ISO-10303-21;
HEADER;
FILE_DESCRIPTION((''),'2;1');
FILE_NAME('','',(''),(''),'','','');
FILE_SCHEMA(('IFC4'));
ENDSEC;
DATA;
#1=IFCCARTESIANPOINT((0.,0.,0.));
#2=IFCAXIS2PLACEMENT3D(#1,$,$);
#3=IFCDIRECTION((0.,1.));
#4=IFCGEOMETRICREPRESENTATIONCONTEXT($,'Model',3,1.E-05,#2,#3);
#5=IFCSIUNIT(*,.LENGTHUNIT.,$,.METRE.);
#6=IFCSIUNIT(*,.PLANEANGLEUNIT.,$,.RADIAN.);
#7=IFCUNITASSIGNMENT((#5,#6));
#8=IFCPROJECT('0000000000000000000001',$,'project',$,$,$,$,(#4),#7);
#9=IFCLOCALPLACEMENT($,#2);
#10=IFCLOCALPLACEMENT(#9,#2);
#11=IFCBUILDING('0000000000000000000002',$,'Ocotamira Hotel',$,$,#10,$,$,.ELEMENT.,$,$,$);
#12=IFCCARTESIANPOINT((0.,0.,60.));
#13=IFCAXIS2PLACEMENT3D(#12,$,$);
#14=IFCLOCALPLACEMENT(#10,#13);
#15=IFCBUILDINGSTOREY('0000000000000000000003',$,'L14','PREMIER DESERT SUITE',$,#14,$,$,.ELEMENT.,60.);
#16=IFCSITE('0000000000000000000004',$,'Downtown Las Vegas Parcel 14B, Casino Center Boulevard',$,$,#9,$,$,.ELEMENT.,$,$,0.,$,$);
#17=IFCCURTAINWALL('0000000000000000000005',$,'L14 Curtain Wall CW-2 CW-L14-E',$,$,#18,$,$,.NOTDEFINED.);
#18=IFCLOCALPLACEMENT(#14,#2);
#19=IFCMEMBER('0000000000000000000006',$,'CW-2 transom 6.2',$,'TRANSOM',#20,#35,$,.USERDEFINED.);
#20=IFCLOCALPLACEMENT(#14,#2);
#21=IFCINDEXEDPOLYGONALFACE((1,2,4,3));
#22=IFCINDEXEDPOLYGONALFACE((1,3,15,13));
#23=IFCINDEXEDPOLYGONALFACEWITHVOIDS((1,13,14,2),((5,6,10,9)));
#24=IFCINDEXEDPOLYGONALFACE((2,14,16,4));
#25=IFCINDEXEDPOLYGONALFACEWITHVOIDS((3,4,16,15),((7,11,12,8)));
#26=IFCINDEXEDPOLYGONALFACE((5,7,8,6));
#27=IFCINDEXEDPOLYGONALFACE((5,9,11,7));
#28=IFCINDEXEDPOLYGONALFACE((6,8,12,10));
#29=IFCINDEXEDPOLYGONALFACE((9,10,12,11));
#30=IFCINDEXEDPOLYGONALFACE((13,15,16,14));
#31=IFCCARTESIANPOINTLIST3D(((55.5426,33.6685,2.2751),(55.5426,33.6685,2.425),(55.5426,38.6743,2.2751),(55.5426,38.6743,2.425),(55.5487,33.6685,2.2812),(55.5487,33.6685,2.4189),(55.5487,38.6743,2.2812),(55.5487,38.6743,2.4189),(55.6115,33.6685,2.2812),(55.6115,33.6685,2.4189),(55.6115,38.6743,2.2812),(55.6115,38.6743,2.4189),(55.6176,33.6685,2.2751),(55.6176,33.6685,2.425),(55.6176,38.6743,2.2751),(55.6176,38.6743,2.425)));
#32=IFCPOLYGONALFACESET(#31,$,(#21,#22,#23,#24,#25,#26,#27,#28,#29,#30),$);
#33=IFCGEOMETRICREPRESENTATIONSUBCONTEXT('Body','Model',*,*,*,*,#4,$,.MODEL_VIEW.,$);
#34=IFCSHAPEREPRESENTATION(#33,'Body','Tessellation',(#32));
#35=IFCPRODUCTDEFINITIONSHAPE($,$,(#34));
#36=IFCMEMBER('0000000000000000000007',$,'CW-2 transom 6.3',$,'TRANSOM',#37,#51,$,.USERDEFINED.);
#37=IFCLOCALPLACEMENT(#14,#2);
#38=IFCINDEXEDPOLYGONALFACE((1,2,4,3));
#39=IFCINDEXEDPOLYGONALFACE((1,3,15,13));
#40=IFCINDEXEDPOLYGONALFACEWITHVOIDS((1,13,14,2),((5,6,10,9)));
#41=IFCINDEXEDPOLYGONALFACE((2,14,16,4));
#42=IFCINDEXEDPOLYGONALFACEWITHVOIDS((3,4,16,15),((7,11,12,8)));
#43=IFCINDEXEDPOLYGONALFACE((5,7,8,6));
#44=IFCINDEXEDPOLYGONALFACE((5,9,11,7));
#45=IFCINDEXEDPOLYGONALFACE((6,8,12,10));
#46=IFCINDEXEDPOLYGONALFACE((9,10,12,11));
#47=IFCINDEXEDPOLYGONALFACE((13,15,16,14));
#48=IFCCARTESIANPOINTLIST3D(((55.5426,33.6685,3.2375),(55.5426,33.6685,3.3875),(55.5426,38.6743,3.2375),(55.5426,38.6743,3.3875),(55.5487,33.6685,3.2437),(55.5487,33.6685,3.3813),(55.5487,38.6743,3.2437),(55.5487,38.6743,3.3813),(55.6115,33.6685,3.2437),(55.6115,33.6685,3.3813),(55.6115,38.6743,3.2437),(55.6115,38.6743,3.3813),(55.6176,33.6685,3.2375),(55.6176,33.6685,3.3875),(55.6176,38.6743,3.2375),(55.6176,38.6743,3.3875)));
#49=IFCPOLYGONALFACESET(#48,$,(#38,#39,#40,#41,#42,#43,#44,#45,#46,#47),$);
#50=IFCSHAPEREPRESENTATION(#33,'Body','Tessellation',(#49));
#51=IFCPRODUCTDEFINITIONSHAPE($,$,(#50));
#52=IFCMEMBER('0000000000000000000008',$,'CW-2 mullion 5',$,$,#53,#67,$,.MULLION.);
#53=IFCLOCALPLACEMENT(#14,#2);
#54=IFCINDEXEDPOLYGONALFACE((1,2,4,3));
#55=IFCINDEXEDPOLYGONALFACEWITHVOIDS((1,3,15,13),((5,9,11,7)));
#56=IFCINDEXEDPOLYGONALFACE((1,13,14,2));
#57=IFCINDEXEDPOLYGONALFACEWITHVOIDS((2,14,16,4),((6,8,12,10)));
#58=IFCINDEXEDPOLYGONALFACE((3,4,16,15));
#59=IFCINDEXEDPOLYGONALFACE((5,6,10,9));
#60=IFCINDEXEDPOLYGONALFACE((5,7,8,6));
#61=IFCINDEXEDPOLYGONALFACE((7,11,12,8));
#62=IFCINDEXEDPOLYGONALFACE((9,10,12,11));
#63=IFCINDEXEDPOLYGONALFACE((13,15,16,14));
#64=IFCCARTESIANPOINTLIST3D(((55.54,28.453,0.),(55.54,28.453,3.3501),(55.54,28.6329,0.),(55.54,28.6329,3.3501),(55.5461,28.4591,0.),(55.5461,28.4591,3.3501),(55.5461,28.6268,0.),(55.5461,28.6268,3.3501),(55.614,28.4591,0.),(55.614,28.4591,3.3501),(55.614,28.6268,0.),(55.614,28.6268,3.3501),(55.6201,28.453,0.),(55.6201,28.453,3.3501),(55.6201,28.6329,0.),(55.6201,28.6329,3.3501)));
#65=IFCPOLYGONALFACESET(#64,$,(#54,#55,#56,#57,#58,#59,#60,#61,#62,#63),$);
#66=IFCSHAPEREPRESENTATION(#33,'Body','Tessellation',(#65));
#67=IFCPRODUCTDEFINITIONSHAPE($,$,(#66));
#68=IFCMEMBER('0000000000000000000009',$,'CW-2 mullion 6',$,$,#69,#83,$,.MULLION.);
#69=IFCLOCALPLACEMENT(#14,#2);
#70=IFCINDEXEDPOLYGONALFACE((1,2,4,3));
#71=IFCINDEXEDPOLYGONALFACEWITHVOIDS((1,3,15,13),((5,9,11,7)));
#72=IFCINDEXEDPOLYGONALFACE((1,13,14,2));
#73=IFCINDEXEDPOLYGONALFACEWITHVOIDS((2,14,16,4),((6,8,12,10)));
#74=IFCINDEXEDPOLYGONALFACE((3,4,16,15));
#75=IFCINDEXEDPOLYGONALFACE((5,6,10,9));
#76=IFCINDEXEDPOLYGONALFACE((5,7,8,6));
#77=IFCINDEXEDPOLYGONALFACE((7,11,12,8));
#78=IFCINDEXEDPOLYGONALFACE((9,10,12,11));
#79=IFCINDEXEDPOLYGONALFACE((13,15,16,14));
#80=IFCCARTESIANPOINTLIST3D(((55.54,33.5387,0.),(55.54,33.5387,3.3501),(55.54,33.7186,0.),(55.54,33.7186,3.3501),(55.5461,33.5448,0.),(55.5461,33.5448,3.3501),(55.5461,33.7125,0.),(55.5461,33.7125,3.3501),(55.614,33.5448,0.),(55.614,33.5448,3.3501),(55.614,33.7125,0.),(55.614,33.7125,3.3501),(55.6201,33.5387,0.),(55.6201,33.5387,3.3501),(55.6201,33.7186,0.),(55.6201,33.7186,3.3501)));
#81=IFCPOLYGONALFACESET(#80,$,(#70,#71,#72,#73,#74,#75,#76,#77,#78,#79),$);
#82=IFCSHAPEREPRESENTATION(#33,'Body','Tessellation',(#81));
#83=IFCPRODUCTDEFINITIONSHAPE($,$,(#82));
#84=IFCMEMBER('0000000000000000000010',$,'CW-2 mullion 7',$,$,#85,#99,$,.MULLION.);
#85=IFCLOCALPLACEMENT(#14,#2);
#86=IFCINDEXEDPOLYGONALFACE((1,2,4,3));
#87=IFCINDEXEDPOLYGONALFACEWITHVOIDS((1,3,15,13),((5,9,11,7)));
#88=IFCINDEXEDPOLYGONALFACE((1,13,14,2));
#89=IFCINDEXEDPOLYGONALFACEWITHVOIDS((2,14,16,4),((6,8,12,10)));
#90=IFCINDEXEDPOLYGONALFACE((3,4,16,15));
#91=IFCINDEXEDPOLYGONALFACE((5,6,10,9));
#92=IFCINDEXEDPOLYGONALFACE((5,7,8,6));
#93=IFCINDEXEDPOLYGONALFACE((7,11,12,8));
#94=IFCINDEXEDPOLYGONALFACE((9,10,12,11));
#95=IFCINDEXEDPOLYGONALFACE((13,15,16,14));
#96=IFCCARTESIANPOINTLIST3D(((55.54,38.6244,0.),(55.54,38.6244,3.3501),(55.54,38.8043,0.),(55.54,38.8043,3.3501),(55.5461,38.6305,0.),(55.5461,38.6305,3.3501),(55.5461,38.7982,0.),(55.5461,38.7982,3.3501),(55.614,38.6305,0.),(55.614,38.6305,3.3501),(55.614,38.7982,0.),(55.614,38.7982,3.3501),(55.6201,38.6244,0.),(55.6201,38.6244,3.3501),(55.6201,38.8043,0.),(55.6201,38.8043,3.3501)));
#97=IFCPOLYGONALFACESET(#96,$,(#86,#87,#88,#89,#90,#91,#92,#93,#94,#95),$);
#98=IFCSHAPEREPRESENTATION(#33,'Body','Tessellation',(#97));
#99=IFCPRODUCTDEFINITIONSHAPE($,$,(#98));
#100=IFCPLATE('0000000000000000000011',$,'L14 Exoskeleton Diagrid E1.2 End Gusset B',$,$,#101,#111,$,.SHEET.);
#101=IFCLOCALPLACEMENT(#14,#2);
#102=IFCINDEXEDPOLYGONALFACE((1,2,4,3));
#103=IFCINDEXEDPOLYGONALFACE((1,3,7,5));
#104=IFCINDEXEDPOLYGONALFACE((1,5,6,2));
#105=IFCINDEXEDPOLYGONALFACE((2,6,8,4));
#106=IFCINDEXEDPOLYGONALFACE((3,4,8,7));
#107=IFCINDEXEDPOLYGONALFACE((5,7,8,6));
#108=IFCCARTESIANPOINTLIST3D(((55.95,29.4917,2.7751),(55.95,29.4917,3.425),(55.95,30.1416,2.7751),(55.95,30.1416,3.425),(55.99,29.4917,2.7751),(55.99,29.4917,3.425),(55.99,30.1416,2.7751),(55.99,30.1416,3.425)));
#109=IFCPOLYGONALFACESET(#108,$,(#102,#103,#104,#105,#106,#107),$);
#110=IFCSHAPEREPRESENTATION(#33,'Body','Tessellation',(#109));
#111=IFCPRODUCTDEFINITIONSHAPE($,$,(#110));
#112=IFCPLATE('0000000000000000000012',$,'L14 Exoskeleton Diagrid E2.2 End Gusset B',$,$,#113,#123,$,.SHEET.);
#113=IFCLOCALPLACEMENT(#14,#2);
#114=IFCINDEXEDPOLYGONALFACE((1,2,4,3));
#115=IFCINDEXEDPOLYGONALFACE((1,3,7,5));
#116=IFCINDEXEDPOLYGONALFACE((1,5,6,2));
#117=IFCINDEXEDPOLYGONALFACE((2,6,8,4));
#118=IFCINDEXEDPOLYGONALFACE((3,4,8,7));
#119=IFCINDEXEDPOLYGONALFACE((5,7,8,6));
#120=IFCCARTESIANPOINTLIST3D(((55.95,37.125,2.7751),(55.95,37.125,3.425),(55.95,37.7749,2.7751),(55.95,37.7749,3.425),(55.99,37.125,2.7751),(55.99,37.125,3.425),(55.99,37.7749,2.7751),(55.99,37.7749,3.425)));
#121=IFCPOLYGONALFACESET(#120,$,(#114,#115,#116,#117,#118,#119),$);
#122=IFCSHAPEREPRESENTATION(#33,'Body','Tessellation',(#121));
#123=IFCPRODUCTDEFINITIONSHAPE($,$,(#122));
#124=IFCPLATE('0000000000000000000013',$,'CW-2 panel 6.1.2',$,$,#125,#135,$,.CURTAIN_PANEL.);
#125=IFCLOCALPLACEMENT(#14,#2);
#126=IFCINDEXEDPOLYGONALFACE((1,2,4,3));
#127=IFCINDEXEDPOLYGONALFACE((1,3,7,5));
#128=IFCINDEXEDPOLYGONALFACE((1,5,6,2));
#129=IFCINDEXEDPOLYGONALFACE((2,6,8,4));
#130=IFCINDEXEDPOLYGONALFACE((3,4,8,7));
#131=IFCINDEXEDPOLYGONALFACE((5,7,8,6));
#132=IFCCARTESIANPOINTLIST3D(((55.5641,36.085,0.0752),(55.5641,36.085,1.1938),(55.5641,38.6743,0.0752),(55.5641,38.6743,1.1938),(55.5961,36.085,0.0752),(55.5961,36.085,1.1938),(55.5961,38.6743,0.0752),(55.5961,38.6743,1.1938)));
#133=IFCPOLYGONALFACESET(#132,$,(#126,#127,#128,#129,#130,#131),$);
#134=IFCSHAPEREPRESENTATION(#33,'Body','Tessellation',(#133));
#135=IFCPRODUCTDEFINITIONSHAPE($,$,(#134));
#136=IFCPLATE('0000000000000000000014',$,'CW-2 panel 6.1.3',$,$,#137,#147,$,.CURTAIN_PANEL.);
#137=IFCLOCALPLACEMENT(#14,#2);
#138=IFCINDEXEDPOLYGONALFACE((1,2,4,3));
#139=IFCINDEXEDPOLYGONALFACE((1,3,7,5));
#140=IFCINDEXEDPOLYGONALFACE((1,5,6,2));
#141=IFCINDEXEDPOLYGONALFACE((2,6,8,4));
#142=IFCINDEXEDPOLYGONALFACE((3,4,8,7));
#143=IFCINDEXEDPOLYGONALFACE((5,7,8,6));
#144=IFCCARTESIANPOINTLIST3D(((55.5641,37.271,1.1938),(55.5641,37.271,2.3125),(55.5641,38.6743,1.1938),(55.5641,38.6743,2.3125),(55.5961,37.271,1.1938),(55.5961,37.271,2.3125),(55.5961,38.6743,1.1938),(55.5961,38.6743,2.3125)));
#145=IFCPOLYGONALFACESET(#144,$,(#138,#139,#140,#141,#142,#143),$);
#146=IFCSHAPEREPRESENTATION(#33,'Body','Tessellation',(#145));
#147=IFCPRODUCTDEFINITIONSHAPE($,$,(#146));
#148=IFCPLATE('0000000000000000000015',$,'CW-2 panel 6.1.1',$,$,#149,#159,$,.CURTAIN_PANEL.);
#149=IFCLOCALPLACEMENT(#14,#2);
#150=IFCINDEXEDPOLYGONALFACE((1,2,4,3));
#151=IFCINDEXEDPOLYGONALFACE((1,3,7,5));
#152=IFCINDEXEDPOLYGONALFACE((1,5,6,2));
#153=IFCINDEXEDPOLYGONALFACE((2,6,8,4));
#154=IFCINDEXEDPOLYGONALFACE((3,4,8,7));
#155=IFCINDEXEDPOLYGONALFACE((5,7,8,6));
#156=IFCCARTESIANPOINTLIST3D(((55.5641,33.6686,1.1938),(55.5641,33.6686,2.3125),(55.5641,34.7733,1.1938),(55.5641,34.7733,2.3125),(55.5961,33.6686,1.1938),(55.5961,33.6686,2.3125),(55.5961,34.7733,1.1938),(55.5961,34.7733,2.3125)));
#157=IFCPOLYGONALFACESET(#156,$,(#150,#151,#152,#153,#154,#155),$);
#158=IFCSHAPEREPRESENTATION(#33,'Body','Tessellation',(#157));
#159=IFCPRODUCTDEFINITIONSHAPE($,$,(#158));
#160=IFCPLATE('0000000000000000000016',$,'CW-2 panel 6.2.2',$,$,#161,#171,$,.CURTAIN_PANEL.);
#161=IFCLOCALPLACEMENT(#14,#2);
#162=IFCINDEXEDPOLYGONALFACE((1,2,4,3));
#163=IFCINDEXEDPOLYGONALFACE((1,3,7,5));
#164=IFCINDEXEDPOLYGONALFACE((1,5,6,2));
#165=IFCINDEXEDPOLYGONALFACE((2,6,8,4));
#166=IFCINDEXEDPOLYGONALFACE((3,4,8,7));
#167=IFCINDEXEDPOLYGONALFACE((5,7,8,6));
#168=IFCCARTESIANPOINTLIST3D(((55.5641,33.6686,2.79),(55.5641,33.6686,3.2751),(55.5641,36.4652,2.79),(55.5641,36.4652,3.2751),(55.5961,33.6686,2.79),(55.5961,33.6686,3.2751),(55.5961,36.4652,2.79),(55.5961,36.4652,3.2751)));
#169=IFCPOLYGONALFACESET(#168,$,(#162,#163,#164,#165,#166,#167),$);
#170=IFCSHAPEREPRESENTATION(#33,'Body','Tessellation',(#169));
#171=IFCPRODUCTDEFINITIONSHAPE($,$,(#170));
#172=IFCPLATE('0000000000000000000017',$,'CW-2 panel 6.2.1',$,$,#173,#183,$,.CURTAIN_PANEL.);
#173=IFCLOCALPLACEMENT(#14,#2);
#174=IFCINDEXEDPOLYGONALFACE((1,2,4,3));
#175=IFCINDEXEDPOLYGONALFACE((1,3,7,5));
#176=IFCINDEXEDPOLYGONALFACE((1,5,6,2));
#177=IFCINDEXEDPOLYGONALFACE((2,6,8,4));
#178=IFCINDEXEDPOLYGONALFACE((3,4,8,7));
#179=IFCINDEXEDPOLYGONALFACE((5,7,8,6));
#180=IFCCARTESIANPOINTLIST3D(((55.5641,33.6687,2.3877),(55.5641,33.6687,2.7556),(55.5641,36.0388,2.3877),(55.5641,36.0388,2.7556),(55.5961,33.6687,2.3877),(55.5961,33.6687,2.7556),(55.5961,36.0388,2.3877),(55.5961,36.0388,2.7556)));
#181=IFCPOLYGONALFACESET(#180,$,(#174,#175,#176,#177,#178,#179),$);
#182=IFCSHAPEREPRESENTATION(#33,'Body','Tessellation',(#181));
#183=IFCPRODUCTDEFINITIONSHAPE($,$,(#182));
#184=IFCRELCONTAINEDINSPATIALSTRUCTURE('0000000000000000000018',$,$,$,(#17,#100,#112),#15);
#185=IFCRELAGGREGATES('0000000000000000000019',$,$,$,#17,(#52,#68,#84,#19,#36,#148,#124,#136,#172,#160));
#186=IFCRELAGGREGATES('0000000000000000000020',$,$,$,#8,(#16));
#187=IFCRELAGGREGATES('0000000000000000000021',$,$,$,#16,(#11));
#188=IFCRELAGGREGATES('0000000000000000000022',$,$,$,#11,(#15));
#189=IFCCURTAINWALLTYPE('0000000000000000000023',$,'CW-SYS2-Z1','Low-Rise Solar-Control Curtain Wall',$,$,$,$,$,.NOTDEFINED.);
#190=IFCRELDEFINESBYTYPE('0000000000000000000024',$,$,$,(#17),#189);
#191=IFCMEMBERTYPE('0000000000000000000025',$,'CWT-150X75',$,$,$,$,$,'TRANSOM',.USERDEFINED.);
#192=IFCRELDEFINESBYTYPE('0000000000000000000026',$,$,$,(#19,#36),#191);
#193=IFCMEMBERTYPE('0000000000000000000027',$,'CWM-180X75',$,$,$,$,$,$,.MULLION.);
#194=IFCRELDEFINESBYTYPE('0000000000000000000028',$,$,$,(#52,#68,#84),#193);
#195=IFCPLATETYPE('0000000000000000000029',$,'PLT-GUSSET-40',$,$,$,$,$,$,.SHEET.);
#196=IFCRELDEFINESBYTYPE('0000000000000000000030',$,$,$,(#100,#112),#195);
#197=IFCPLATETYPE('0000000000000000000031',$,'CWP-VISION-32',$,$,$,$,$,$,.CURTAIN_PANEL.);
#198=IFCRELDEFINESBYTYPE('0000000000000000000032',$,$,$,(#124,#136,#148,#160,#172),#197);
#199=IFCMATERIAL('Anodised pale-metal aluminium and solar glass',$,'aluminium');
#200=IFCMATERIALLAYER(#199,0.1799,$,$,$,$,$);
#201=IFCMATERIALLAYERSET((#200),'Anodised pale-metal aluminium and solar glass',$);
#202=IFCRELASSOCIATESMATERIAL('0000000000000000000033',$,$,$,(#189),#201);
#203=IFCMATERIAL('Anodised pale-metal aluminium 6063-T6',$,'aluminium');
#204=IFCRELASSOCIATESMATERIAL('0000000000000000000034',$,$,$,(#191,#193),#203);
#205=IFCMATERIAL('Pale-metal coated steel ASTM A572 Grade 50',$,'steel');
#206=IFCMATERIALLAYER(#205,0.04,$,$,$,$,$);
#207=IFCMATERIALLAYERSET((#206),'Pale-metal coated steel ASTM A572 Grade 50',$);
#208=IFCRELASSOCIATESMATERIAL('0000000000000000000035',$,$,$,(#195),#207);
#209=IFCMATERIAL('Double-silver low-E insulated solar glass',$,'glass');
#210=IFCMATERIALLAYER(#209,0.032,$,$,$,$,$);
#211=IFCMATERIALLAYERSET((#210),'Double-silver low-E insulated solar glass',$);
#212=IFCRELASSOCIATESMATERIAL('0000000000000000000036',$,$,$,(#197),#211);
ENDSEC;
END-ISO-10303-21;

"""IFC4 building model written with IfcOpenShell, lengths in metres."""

from ifc_helpers import new_model, si_unit, direction, frame, origin, origin_2d, place, context, subcontext, project, spatial, rectangle, hollow_rectangle, extrude, source, transform, mapped, material, layer, layer_set, material_profile, profile_set, type_object, element, aggregate, save


model = new_model("IFC4")

# Units and contexts
model_context = context("Model", 3, precision=1e-05, world=origin(), true_north=direction((0.0, 1.0)))
body_context = subcontext(model_context, "Body", "Model", "MODEL_VIEW")
ifc_project = project(units=[si_unit("LENGTHUNIT", "METRE"), si_unit("PLANEANGLEUNIT", "RADIAN")], contexts=[model_context])

# Site, building, storey
site_placement = place(None, origin())
site = spatial("IfcSite", under=ifc_project, at=site_placement, Name="Downtown Las Vegas Parcel 14B, Casino Center Boulevard", CompositionType="ELEMENT", RefElevation=0.0)
building_placement = place(site_placement, origin())
building = spatial("IfcBuilding", under=site, at=building_placement, Name="Ocotamira Hotel", CompositionType="ELEMENT")
storey_placement = place(building_placement, frame((0.0, 0.0, 60.0)))
storey = spatial("IfcBuildingStorey", under=building, at=storey_placement, Name="L14", Description="PREMIER DESERT SUITE", CompositionType="ELEMENT", Elevation=60.0)

# Curtain wall, members
ifc_material_1 = material(Name="Anodised pale-metal aluminium and solar glass", Category="aluminium")
ifc_layer_1 = layer(ifc_material_1, 0.1799)
ifc_layer_set_1 = layer_set([ifc_layer_1], Name="Anodised pale-metal aluminium and solar glass")
curtain_wall_type = type_object("IfcCurtainWallType", Name="CW-SYS2-Z1", Description="Low-Rise Solar-Control Curtain Wall", PredefinedType="NOTDEFINED", material=ifc_layer_set_1)
curtain_wall_placement = place(storey_placement, origin())
curtain_wall = element("IfcCurtainWall", 1, at=curtain_wall_placement, inside=storey, type_object=curtain_wall_type, Name="L14 Curtain Wall CW-2 CW-L14-E", PredefinedType="NOTDEFINED")
ifc_material_2 = material(Name="Anodised pale-metal aluminium 6063-T6", Category="aluminium")
ifc_material_profile_1 = material_profile(ifc_material_2, hollow_rectangle(XDim=0.075, YDim=0.1499, WallThickness=0.0061, at=origin_2d()), Name="HSS150X75X6")
ifc_profile_set_1 = profile_set([ifc_material_profile_1], Name="Anodised pale-metal aluminium 6063-T6")
member_type_1 = type_object("IfcMemberType", Name="CWT-150X75", ElementType="TRANSOM", PredefinedType="USERDEFINED", material=ifc_profile_set_1)
shared_shape_1 = source(origin(), body_context, "Body", "SweptSolid", [
    extrude(hollow_rectangle(XDim=0.075, YDim=0.1499, WallThickness=0.0061, at=origin_2d()), origin(), (0.0, 0.0, 1.0), 5.0059),
])
member_1_placement = place(storey_placement, frame((55.5801, 33.6685, 2.3501), z_axis=(0.0, 1.0, 0.0), x_axis=(-1.0, 0.0, 0.0)))
member_1 = element("IfcMember", 2, at=member_1_placement, type_object=member_type_1, Name="CW-2 transom 6.2", ObjectType="TRANSOM", PredefinedType="USERDEFINED", context=body_context, shape_type="MappedRepresentation", body=[
    mapped(shared_shape_1, transform((0.0, 0.0, 0.0), scale=1.0)),
])
member_2_placement = place(storey_placement, frame((55.5801, 33.6685, 3.3125), z_axis=(0.0, 1.0, 0.0), x_axis=(-1.0, 0.0, 0.0)))
member_2 = element("IfcMember", 3, at=member_2_placement, type_object=member_type_1, Name="CW-2 transom 6.3", ObjectType="TRANSOM", PredefinedType="USERDEFINED", context=body_context, shape_type="MappedRepresentation", body=[
    mapped(shared_shape_1, transform((0.0, 0.0, 0.0), scale=1.0)),
])
ifc_material_profile_2 = material_profile(ifc_material_2, hollow_rectangle(XDim=0.0801, YDim=0.1799, WallThickness=0.0061, at=origin_2d()), Name="HSS180X80X6")
ifc_profile_set_2 = profile_set([ifc_material_profile_2], Name="Anodised pale-metal aluminium 6063-T6")
member_type_2 = type_object("IfcMemberType", Name="CWM-180X75", PredefinedType="MULLION", material=ifc_profile_set_2)
shared_shape_2 = source(origin(), body_context, "Body", "SweptSolid", [
    extrude(hollow_rectangle(XDim=0.0801, YDim=0.1799, WallThickness=0.0061, at=origin_2d()), origin(), (0.0, 0.0, 1.0), 3.3501),
])
member_3_placement = place(storey_placement, frame((55.5801, 28.543, 0.0), z_axis=(0.0, 0.0, 1.0), x_axis=(-1.0, 0.0, 0.0)))
member_3 = element("IfcMember", 4, at=member_3_placement, type_object=member_type_2, Name="CW-2 mullion 5", PredefinedType="MULLION", context=body_context, shape_type="MappedRepresentation", body=[
    mapped(shared_shape_2, transform((0.0, 0.0, 0.0), scale=1.0)),
])
member_4_placement = place(storey_placement, frame((55.5801, 33.6287, 0.0), z_axis=(0.0, 0.0, 1.0), x_axis=(-1.0, 0.0, 0.0)))
member_4 = element("IfcMember", 5, at=member_4_placement, type_object=member_type_2, Name="CW-2 mullion 6", PredefinedType="MULLION", context=body_context, shape_type="MappedRepresentation", body=[
    mapped(shared_shape_2, transform((0.0, 0.0, 0.0), scale=1.0)),
])
member_5_placement = place(storey_placement, frame((55.5801, 38.7144, 0.0), z_axis=(0.0, 0.0, 1.0), x_axis=(-1.0, 0.0, 0.0)))
member_5 = element("IfcMember", 6, at=member_5_placement, type_object=member_type_2, Name="CW-2 mullion 7", PredefinedType="MULLION", context=body_context, shape_type="MappedRepresentation", body=[
    mapped(shared_shape_2, transform((0.0, 0.0, 0.0), scale=1.0)),
])

# Plates
ifc_material_3 = material(Name="Pale-metal coated steel ASTM A572 Grade 50", Category="steel")
ifc_layer_2 = layer(ifc_material_3, 0.04)
ifc_layer_set_2 = layer_set([ifc_layer_2], Name="Pale-metal coated steel ASTM A572 Grade 50")
plate_type_1 = type_object("IfcPlateType", Name="PLT-GUSSET-40", PredefinedType="SHEET", material=ifc_layer_set_2)
shared_shape_3 = source(origin(), body_context, "Body", "SweptSolid", [
    extrude(rectangle(XDim=0.04, YDim=0.6499, at=origin_2d()), origin(), (0.0, 0.0, 1.0), 0.6499),
])
for number, where, z_axis, x_axis, name in (
    (7, (55.97, 29.8167, 2.7751), (0.0, 0.0, 1.0), (1.0, 0.0, 0.0), "L14 Exoskeleton Diagrid E1.2 End Gusset B"),
    (8, (55.97, 37.45, 2.7751), (0.0, 0.0, 1.0), (1.0, 0.0, 0.0), "L14 Exoskeleton Diagrid E2.2 End Gusset B"),
):
    element("IfcPlate", number, at=place(storey_placement, frame(where, z_axis=z_axis, x_axis=x_axis)), inside=storey, type_object=plate_type_1, Name=name, PredefinedType="SHEET", context=body_context, shape_type="MappedRepresentation", body=[
        mapped(shared_shape_3, transform((0.0, 0.0, 0.0), scale=1.0)),
    ])

# Plates
ifc_material_4 = material(Name="Double-silver low-E insulated solar glass", Category="glass")
ifc_layer_3 = layer(ifc_material_4, 0.032)
ifc_layer_set_3 = layer_set([ifc_layer_3], Name="Double-silver low-E insulated solar glass")
plate_type_2 = type_object("IfcPlateType", Name="CWP-VISION-32", PredefinedType="CURTAIN_PANEL", material=ifc_layer_set_3)
shared_shape_4 = source(origin(), body_context, "Body", "SweptSolid", [
    extrude(rectangle(XDim=2.5894, YDim=0.032, at=origin_2d()), origin(), (0.0, 0.0, 1.0), 1.1187),
])
plate_1_placement = place(storey_placement, frame((55.5801, 37.3796, 0.0752), z_axis=(0.0, 0.0, 1.0), x_axis=(0.0, 1.0, 0.0)))
plate_1 = element("IfcPlate", 9, at=plate_1_placement, type_object=plate_type_2, Name="CW-2 panel 6.1.2", PredefinedType="CURTAIN_PANEL", context=body_context, shape_type="MappedRepresentation", body=[
    mapped(shared_shape_4, transform((0.0, 0.0, 0.0), scale=1.0)),
])
shared_shape_5 = source(origin(), body_context, "Body", "SweptSolid", [
    extrude(rectangle(XDim=1.4033, YDim=0.032, at=origin_2d()), origin(), (0.0, 0.0, 1.0), 1.1187),
])
plate_2_placement = place(storey_placement, frame((55.5801, 37.9727, 1.1938), z_axis=(0.0, 0.0, 1.0), x_axis=(0.0, 1.0, 0.0)))
plate_2 = element("IfcPlate", 10, at=plate_2_placement, type_object=plate_type_2, Name="CW-2 panel 6.1.3", PredefinedType="CURTAIN_PANEL", context=body_context, shape_type="MappedRepresentation", body=[
    mapped(shared_shape_5, transform((0.0, 0.0, 0.0), scale=1.0)),
])
shared_shape_6 = source(origin(), body_context, "Body", "SweptSolid", [
    extrude(rectangle(XDim=1.1047, YDim=0.032, at=origin_2d()), origin(), (0.0, 0.0, 1.0), 1.1187),
])
plate_3_placement = place(storey_placement, frame((55.5801, 34.2209, 1.1938), z_axis=(0.0, 0.0, 1.0), x_axis=(0.0, 1.0, 0.0)))
plate_3 = element("IfcPlate", 11, at=plate_3_placement, type_object=plate_type_2, Name="CW-2 panel 6.1.1", PredefinedType="CURTAIN_PANEL", context=body_context, shape_type="MappedRepresentation", body=[
    mapped(shared_shape_6, transform((0.0, 0.0, 0.0), scale=1.0)),
])
shared_shape_7 = source(origin(), body_context, "Body", "SweptSolid", [
    extrude(rectangle(XDim=2.7966, YDim=0.032, at=origin_2d()), origin(), (0.0, 0.0, 1.0), 0.4851),
])
plate_4_placement = place(storey_placement, frame((55.5801, 35.0669, 2.79), z_axis=(0.0, 0.0, 1.0), x_axis=(0.0, 1.0, 0.0)))
plate_4 = element("IfcPlate", 12, at=plate_4_placement, type_object=plate_type_2, Name="CW-2 panel 6.2.2", PredefinedType="CURTAIN_PANEL", context=body_context, shape_type="MappedRepresentation", body=[
    mapped(shared_shape_7, transform((0.0, 0.0, 0.0), scale=1.0)),
])
shared_shape_8 = source(origin(), body_context, "Body", "SweptSolid", [
    extrude(rectangle(XDim=2.3701, YDim=0.032, at=origin_2d()), origin(), (0.0, 0.0, 1.0), 0.3679),
])
plate_5_placement = place(storey_placement, frame((55.5801, 34.8538, 2.3877), z_axis=(0.0, 0.0, 1.0), x_axis=(0.0, 1.0, 0.0)))
plate_5 = element("IfcPlate", 13, at=plate_5_placement, type_object=plate_type_2, Name="CW-2 panel 6.2.1", PredefinedType="CURTAIN_PANEL", context=body_context, shape_type="MappedRepresentation", body=[
    mapped(shared_shape_8, transform((0.0, 0.0, 0.0), scale=1.0)),
])
aggregate(curtain_wall, [member_3, member_4, member_5, member_1, member_2, plate_3, plate_1, plate_2, plate_5, plate_4])

save(model, "model.ifc")
